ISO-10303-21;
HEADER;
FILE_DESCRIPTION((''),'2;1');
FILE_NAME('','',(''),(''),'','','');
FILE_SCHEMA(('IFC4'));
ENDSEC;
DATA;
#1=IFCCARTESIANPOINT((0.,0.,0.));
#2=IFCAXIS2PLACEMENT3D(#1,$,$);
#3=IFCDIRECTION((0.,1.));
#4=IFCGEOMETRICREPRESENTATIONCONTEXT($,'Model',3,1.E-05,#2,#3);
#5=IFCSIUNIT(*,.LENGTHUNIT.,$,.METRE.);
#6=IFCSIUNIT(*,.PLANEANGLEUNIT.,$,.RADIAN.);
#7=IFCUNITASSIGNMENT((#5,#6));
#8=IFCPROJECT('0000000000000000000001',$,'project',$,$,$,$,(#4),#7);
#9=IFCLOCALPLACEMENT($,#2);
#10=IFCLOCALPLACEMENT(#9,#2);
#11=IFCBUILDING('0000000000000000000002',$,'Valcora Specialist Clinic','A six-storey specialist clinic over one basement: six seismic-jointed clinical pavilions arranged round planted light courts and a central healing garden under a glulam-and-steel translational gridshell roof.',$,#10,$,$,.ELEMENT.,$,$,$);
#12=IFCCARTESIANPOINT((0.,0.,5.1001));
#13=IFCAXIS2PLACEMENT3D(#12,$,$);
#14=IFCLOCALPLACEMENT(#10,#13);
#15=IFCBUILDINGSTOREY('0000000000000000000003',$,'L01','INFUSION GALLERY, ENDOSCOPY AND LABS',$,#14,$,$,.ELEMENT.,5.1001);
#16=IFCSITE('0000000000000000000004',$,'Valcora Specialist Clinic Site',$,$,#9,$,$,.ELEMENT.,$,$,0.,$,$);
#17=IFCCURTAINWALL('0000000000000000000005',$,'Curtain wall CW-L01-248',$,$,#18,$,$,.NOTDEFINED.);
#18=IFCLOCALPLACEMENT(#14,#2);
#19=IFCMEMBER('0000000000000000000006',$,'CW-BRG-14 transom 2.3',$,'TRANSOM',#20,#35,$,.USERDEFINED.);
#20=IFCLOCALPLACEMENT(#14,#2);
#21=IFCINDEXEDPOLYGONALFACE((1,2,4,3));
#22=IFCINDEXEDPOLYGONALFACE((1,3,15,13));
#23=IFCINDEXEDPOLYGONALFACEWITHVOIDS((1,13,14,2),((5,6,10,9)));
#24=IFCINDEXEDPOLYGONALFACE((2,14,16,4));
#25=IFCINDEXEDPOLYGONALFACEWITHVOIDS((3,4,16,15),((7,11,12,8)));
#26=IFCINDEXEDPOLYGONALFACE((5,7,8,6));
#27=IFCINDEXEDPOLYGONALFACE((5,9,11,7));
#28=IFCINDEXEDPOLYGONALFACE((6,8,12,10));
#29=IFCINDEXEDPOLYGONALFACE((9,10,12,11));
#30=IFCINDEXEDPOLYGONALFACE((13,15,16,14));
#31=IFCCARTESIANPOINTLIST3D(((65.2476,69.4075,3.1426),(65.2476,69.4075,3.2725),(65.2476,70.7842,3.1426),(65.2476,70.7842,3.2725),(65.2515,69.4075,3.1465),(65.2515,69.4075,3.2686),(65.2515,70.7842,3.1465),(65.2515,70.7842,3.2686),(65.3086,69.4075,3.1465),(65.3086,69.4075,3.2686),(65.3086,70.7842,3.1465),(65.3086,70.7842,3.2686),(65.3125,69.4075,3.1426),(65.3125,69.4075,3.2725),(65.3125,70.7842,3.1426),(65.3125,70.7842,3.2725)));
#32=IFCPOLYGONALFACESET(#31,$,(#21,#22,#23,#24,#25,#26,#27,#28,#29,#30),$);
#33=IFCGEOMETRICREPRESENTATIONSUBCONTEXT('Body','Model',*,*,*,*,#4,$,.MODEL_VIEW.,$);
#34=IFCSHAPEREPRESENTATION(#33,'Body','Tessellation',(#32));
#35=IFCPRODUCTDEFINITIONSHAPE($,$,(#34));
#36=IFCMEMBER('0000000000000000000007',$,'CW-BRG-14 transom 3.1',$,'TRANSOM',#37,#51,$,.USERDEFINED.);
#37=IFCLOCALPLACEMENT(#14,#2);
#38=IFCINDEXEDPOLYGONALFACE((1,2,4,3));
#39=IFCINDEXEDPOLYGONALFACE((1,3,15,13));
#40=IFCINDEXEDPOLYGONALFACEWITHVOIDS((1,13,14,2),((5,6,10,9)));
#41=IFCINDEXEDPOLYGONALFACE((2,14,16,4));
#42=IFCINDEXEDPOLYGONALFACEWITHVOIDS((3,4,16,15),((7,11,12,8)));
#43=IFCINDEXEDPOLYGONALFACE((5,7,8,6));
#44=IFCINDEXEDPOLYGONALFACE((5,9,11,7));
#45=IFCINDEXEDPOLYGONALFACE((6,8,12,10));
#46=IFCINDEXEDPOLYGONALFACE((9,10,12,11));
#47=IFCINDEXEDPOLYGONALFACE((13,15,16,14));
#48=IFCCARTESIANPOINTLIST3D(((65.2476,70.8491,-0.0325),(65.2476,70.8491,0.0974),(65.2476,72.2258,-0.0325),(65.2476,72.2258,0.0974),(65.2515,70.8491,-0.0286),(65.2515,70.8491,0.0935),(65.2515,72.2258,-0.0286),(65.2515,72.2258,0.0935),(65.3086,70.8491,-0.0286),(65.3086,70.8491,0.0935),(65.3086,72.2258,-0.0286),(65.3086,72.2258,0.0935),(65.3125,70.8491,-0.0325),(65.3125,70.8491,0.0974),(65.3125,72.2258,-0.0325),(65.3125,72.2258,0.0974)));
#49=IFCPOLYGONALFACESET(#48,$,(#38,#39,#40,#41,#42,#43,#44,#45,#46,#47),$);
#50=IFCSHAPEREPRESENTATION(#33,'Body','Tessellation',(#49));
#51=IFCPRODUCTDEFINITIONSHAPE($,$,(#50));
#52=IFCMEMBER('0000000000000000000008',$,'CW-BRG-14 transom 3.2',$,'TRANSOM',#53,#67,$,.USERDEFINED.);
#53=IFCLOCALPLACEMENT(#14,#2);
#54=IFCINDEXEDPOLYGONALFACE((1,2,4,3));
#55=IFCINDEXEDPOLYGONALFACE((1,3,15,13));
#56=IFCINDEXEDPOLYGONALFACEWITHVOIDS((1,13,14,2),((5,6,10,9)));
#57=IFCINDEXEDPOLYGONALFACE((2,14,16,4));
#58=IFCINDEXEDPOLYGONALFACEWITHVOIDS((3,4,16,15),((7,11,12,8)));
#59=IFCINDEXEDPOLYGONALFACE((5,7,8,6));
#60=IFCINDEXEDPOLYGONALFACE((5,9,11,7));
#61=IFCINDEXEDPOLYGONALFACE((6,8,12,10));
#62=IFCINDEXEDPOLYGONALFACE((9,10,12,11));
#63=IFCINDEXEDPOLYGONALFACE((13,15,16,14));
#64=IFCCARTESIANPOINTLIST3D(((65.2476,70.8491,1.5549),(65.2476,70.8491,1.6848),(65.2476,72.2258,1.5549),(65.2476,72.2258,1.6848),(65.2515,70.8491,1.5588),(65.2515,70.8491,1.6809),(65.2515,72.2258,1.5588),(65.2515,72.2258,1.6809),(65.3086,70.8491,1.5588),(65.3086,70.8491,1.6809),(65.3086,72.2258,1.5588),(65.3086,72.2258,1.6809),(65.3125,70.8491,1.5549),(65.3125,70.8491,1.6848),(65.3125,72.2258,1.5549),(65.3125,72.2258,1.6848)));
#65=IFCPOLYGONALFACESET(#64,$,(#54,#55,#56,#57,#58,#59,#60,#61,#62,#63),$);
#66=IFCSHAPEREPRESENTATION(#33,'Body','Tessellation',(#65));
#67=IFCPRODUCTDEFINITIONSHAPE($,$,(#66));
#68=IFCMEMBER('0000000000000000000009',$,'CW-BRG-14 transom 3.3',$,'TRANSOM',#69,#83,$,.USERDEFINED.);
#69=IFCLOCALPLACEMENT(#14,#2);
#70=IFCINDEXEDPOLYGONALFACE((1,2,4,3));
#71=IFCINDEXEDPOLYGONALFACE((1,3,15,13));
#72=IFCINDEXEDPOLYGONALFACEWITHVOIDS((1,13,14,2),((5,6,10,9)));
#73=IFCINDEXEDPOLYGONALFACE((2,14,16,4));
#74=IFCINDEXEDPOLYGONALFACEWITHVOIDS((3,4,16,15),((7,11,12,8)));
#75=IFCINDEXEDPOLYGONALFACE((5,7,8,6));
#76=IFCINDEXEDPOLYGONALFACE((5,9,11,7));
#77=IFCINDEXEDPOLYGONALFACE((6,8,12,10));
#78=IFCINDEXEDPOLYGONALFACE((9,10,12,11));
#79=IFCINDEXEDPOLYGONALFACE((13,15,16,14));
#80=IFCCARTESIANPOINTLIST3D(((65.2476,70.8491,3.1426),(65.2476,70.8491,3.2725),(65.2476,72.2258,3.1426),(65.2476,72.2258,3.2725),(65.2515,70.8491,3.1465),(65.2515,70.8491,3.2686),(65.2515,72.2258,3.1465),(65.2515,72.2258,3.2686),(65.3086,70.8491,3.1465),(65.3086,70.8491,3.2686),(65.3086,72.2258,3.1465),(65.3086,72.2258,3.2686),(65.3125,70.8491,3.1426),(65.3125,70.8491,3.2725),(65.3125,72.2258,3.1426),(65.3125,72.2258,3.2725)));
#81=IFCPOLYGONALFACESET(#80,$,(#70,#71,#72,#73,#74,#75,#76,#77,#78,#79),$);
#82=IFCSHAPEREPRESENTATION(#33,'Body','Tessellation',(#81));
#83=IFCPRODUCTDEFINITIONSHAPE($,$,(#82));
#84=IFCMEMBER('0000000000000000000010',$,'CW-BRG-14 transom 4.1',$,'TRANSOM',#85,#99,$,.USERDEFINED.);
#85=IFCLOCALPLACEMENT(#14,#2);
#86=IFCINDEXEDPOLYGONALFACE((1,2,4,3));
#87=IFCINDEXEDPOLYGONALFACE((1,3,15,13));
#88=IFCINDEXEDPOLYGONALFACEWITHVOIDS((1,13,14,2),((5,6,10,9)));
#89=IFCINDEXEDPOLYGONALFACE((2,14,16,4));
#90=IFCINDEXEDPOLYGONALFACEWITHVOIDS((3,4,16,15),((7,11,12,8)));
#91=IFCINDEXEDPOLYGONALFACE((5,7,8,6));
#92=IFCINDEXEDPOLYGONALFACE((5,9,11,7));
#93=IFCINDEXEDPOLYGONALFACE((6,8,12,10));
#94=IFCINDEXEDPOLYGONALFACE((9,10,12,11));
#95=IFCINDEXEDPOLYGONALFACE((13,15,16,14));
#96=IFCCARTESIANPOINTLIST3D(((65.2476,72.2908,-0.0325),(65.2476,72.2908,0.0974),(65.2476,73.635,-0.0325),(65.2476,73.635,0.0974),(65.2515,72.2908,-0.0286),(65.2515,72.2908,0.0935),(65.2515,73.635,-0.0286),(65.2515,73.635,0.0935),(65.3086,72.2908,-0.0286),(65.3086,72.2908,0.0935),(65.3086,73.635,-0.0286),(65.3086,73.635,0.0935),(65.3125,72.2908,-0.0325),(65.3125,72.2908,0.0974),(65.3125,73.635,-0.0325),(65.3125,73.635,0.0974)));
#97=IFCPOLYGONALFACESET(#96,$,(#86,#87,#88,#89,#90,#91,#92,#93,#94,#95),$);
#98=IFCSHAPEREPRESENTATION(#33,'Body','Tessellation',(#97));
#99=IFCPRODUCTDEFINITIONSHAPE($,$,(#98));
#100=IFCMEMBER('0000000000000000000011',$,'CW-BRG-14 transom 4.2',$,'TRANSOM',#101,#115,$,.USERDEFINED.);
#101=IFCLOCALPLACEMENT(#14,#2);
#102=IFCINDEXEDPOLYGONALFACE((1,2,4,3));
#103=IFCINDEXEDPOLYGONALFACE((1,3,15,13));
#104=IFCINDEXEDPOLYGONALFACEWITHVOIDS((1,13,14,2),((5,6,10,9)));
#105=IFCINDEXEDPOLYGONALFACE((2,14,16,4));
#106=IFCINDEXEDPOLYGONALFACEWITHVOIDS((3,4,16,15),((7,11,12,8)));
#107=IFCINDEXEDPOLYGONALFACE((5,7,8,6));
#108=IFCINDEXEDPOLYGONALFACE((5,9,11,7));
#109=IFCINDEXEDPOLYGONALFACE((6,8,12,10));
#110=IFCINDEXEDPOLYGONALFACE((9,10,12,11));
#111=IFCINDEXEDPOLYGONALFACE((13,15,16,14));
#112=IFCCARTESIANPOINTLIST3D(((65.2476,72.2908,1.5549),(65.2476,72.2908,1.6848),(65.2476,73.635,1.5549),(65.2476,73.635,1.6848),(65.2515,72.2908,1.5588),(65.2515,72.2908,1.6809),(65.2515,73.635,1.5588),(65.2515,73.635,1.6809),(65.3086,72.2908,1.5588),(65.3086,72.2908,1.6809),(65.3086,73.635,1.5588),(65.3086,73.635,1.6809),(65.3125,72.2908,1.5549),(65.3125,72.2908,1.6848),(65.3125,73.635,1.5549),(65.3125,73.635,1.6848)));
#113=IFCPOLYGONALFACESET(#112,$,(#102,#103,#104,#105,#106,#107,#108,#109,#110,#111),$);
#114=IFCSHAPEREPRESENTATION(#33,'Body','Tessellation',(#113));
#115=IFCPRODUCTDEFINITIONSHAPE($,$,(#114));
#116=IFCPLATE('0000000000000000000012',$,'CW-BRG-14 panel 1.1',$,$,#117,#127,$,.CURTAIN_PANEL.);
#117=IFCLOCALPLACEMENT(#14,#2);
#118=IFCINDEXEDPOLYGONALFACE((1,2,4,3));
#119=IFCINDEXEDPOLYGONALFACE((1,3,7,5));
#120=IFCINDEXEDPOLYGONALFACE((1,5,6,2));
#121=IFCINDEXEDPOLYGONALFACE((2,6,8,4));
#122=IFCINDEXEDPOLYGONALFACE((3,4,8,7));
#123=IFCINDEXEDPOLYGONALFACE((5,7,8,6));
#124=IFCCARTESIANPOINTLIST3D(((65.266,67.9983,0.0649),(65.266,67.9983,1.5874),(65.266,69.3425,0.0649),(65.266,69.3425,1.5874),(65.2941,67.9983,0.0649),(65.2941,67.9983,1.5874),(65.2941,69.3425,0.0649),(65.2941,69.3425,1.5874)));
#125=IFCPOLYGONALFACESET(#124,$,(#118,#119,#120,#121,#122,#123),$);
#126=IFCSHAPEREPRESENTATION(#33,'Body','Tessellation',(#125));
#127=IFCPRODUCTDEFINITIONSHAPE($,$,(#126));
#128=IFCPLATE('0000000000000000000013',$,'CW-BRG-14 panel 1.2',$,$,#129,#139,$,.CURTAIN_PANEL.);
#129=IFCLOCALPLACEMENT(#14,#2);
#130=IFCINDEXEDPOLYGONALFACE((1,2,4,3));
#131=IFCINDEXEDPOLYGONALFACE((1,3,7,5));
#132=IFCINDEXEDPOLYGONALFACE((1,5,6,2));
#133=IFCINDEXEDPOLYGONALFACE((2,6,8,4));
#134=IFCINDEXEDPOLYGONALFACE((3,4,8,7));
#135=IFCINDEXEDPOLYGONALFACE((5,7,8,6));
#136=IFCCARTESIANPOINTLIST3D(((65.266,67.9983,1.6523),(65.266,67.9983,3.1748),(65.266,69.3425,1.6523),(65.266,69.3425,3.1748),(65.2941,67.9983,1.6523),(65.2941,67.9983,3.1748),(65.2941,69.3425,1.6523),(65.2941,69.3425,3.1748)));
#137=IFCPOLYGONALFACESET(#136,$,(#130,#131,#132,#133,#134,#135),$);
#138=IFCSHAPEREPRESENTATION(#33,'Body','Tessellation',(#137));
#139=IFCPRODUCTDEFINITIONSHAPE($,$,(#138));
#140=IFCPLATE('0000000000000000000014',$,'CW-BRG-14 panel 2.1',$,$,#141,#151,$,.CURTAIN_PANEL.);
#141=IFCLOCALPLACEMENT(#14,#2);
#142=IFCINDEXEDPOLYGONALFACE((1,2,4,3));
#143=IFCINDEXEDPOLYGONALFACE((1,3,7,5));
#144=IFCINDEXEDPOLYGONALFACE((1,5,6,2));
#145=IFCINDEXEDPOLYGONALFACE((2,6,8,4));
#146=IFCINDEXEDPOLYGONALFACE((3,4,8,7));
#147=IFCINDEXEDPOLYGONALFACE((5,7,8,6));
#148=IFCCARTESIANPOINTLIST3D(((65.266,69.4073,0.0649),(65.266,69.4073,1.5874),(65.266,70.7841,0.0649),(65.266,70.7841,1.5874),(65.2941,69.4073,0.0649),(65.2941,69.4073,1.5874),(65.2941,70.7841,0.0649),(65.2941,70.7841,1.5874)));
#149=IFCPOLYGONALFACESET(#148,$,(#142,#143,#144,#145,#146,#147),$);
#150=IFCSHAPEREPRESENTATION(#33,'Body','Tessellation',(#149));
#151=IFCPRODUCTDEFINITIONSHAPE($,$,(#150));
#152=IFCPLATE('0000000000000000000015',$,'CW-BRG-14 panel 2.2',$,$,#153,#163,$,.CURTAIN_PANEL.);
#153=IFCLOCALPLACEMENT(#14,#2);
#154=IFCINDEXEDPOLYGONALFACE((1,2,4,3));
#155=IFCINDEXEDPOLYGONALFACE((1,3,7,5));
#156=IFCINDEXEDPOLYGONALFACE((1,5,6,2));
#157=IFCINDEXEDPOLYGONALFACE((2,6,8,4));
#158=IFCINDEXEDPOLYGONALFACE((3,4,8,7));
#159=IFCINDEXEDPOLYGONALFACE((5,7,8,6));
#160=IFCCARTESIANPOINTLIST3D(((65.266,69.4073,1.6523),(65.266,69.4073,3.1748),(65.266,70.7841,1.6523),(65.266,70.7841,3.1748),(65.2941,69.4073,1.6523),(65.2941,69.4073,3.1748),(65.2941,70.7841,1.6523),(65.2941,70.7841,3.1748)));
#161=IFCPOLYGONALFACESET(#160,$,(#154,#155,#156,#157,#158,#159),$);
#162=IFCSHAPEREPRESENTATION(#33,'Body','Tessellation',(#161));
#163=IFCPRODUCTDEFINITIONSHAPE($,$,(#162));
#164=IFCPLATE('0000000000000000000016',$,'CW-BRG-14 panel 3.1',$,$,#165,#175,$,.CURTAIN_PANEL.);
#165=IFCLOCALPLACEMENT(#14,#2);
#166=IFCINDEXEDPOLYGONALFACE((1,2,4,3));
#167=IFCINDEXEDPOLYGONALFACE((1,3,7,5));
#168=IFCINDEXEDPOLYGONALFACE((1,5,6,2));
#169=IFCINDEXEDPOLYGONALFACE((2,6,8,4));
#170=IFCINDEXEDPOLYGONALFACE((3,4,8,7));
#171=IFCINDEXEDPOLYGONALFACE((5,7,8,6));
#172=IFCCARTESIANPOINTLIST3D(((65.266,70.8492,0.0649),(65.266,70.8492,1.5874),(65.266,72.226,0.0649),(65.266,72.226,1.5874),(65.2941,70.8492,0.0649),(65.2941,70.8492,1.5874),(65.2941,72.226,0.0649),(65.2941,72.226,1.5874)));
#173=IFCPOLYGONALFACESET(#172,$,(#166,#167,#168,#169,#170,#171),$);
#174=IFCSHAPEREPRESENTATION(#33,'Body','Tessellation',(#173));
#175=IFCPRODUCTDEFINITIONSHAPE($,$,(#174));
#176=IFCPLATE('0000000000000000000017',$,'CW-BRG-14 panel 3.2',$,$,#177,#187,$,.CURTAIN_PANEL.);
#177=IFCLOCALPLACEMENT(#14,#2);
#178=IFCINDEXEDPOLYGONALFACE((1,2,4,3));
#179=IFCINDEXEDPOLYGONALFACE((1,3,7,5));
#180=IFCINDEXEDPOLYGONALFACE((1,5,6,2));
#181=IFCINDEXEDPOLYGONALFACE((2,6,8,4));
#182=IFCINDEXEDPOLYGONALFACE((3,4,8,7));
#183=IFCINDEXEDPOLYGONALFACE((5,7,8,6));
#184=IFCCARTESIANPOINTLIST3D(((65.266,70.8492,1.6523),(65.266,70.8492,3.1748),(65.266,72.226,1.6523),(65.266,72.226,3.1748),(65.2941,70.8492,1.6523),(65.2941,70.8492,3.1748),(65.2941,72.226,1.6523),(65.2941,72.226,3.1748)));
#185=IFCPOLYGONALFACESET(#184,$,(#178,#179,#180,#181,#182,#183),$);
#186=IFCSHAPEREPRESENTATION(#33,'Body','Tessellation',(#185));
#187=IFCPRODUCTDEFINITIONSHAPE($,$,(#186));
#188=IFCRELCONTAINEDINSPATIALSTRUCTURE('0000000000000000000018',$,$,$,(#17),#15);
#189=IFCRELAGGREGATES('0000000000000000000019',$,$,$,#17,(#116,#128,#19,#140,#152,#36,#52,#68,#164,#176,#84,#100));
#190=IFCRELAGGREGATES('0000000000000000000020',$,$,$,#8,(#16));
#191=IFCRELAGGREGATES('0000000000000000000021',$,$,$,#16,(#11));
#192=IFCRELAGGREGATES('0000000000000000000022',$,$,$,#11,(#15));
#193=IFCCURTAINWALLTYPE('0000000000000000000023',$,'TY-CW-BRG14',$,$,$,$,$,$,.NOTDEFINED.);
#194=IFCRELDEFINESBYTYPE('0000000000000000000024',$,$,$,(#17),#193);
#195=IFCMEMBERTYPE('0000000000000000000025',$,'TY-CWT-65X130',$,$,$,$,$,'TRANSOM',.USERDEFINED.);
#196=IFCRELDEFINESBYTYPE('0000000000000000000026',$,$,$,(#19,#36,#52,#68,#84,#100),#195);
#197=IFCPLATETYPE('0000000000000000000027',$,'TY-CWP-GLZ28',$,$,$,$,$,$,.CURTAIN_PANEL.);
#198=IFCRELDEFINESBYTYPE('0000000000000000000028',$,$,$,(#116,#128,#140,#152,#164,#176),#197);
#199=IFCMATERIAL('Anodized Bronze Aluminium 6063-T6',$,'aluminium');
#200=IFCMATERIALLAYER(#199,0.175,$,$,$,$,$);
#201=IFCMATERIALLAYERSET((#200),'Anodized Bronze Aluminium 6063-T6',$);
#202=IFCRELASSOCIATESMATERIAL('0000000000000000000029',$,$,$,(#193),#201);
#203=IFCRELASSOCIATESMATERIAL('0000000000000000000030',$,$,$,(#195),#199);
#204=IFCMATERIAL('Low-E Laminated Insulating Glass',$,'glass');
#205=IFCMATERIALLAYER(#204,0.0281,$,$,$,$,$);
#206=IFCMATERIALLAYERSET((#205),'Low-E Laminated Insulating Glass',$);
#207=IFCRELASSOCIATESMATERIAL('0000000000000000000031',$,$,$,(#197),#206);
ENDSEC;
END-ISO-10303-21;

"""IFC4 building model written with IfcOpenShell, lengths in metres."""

from ifc_helpers import new_model, si_unit, direction, frame, origin, origin_2d, place, context, subcontext, project, spatial, rectangle, hollow_rectangle, extrude, material, layer, layer_set, material_profile, profile_set, type_object, element, aggregate, save


model = new_model("IFC4")

# Units and contexts
model_context = context("Model", 3, precision=1e-05, world=origin(), true_north=direction((0.0, 1.0)))
body_context = subcontext(model_context, "Body", "Model", "MODEL_VIEW")
ifc_project = project(units=[si_unit("LENGTHUNIT", "METRE"), si_unit("PLANEANGLEUNIT", "RADIAN")], contexts=[model_context])

# Site, building, storey
site_placement = place(None, origin())
site = spatial("IfcSite", under=ifc_project, at=site_placement, Name="Valcora Specialist Clinic Site", CompositionType="ELEMENT", RefElevation=0.0)
building_placement = place(site_placement, origin())
building = spatial("IfcBuilding", under=site, at=building_placement, Name="Valcora Specialist Clinic", Description="A six-storey specialist clinic over one basement: six seismic-jointed clinical pavilions arranged round planted light courts and a central healing garden under a glulam-and-steel translational gridshell roof.", CompositionType="ELEMENT")
storey_placement = place(building_placement, frame((0.0, 0.0, 5.1001)))
storey = spatial("IfcBuildingStorey", under=building, at=storey_placement, Name="L01", Description="INFUSION GALLERY, ENDOSCOPY AND LABS", CompositionType="ELEMENT", Elevation=5.1001)

# Shared definitions
ifc_material_1 = material(Name="Anodized Bronze Aluminium 6063-T6", Category="aluminium")
ifc_layer_1 = layer(ifc_material_1, 0.175)
ifc_layer_set_1 = layer_set([ifc_layer_1], Name="Anodized Bronze Aluminium 6063-T6")
curtain_wall_type = type_object("IfcCurtainWallType", Name="TY-CW-BRG14", PredefinedType="NOTDEFINED", material=ifc_layer_set_1)

# Curtain wall
curtain_wall_1_placement = place(storey_placement, origin())
curtain_wall_1 = element("IfcCurtainWall", 1, at=curtain_wall_1_placement, inside=storey, type_object=curtain_wall_type, Name="Curtain wall CW-L01-248", PredefinedType="NOTDEFINED")

# Members
ifc_material_profile_1 = material_profile(ifc_material_1, hollow_rectangle(XDim=0.0649, YDim=0.1299, WallThickness=0.0039, at=origin_2d()), Name="AL-TRN-65X130")
ifc_profile_set_1 = profile_set([ifc_material_profile_1], Name="Anodized Bronze Aluminium 6063-T6")
member_type_1 = type_object("IfcMemberType", Name="TY-CWT-65X130", ElementType="TRANSOM", PredefinedType="USERDEFINED", material=ifc_profile_set_1)
member_1_placement = place(storey_placement, frame((65.28, 69.4075, 3.2075), z_axis=(0.0, 1.0, 0.0), x_axis=(-1.0, 0.0, 0.0)))
member_1 = element("IfcMember", 2, at=member_1_placement, type_object=member_type_1, Name="CW-BRG-14 transom 2.3", ObjectType="TRANSOM", PredefinedType="USERDEFINED", context=body_context, shape_type="SweptSolid", body=[
    extrude(hollow_rectangle(XDim=0.0649, YDim=0.1299, WallThickness=0.0039, at=origin_2d()), origin(), (0.0, 0.0, 1.0), 1.3767),
])
member_2_placement = place(storey_placement, frame((65.28, 70.8491, 0.0325), z_axis=(0.0, 1.0, 0.0), x_axis=(-1.0, 0.0, 0.0)))
member_2 = element("IfcMember", 3, at=member_2_placement, type_object=member_type_1, Name="CW-BRG-14 transom 3.1", ObjectType="TRANSOM", PredefinedType="USERDEFINED", context=body_context, shape_type="SweptSolid", body=[
    extrude(hollow_rectangle(XDim=0.0649, YDim=0.1299, WallThickness=0.0039, at=origin_2d()), origin(), (0.0, 0.0, 1.0), 1.3767),
])
member_3_placement = place(storey_placement, frame((65.28, 70.8491, 1.6199), z_axis=(0.0, 1.0, 0.0), x_axis=(-1.0, 0.0, 0.0)))
member_3 = element("IfcMember", 4, at=member_3_placement, type_object=member_type_1, Name="CW-BRG-14 transom 3.2", ObjectType="TRANSOM", PredefinedType="USERDEFINED", context=body_context, shape_type="SweptSolid", body=[
    extrude(hollow_rectangle(XDim=0.0649, YDim=0.1299, WallThickness=0.0039, at=origin_2d()), origin(), (0.0, 0.0, 1.0), 1.3767),
])
member_4_placement = place(storey_placement, frame((65.28, 70.8491, 3.2075), z_axis=(0.0, 1.0, 0.0), x_axis=(-1.0, 0.0, 0.0)))
member_4 = element("IfcMember", 5, at=member_4_placement, type_object=member_type_1, Name="CW-BRG-14 transom 3.3", ObjectType="TRANSOM", PredefinedType="USERDEFINED", context=body_context, shape_type="SweptSolid", body=[
    extrude(hollow_rectangle(XDim=0.0649, YDim=0.1299, WallThickness=0.0039, at=origin_2d()), origin(), (0.0, 0.0, 1.0), 1.3767),
])
member_5_placement = place(storey_placement, frame((65.28, 72.2908, 0.0325), z_axis=(0.0, 1.0, 0.0), x_axis=(-1.0, 0.0, 0.0)))
member_5 = element("IfcMember", 6, at=member_5_placement, type_object=member_type_1, Name="CW-BRG-14 transom 4.1", ObjectType="TRANSOM", PredefinedType="USERDEFINED", context=body_context, shape_type="SweptSolid", body=[
    extrude(hollow_rectangle(XDim=0.0649, YDim=0.1299, WallThickness=0.0039, at=origin_2d()), origin(), (0.0, 0.0, 1.0), 1.3442),
])
member_6_placement = place(storey_placement, frame((65.28, 72.2908, 1.6199), z_axis=(0.0, 1.0, 0.0), x_axis=(-1.0, 0.0, 0.0)))
member_6 = element("IfcMember", 7, at=member_6_placement, type_object=member_type_1, Name="CW-BRG-14 transom 4.2", ObjectType="TRANSOM", PredefinedType="USERDEFINED", context=body_context, shape_type="SweptSolid", body=[
    extrude(hollow_rectangle(XDim=0.0649, YDim=0.1299, WallThickness=0.0039, at=origin_2d()), origin(), (0.0, 0.0, 1.0), 1.3442),
])

# Plates
ifc_material_2 = material(Name="Low-E Laminated Insulating Glass", Category="glass")
ifc_layer_2 = layer(ifc_material_2, 0.0281)
ifc_layer_set_2 = layer_set([ifc_layer_2], Name="Low-E Laminated Insulating Glass")
plate_type_1 = type_object("IfcPlateType", Name="TY-CWP-GLZ28", PredefinedType="CURTAIN_PANEL", material=ifc_layer_set_2)
plate_1_placement = place(storey_placement, frame((65.28, 68.6704, 0.0649), z_axis=(0.0, 0.0, 1.0), x_axis=(0.0, 1.0, 0.0)))
plate_1 = element("IfcPlate", 8, at=plate_1_placement, type_object=plate_type_1, Name="CW-BRG-14 panel 1.1", PredefinedType="CURTAIN_PANEL", context=body_context, shape_type="SweptSolid", body=[
    extrude(rectangle(XDim=1.3442, YDim=0.0281, at=origin_2d()), origin(), (0.0, 0.0, 1.0), 1.5225),
])
plate_2_placement = place(storey_placement, frame((65.28, 68.6704, 1.6523), z_axis=(0.0, 0.0, 1.0), x_axis=(0.0, 1.0, 0.0)))
plate_2 = element("IfcPlate", 9, at=plate_2_placement, type_object=plate_type_1, Name="CW-BRG-14 panel 1.2", PredefinedType="CURTAIN_PANEL", context=body_context, shape_type="SweptSolid", body=[
    extrude(rectangle(XDim=1.3442, YDim=0.0281, at=origin_2d()), origin(), (0.0, 0.0, 1.0), 1.5225),
])
plate_3_placement = place(storey_placement, frame((65.28, 70.0957, 0.0649), z_axis=(0.0, 0.0, 1.0), x_axis=(0.0, 1.0, 0.0)))
plate_3 = element("IfcPlate", 10, at=plate_3_placement, type_object=plate_type_1, Name="CW-BRG-14 panel 2.1", PredefinedType="CURTAIN_PANEL", context=body_context, shape_type="SweptSolid", body=[
    extrude(rectangle(XDim=1.3767, YDim=0.0281, at=origin_2d()), origin(), (0.0, 0.0, 1.0), 1.5225),
])
plate_4_placement = place(storey_placement, frame((65.28, 70.0957, 1.6523), z_axis=(0.0, 0.0, 1.0), x_axis=(0.0, 1.0, 0.0)))
plate_4 = element("IfcPlate", 11, at=plate_4_placement, type_object=plate_type_1, Name="CW-BRG-14 panel 2.2", PredefinedType="CURTAIN_PANEL", context=body_context, shape_type="SweptSolid", body=[
    extrude(rectangle(XDim=1.3767, YDim=0.0281, at=origin_2d()), origin(), (0.0, 0.0, 1.0), 1.5225),
])
plate_5_placement = place(storey_placement, frame((65.28, 71.5376, 0.0649), z_axis=(0.0, 0.0, 1.0), x_axis=(0.0, 1.0, 0.0)))
plate_5 = element("IfcPlate", 12, at=plate_5_placement, type_object=plate_type_1, Name="CW-BRG-14 panel 3.1", PredefinedType="CURTAIN_PANEL", context=body_context, shape_type="SweptSolid", body=[
    extrude(rectangle(XDim=1.3767, YDim=0.0281, at=origin_2d()), origin(), (0.0, 0.0, 1.0), 1.5225),
])
plate_6_placement = place(storey_placement, frame((65.28, 71.5376, 1.6523), z_axis=(0.0, 0.0, 1.0), x_axis=(0.0, 1.0, 0.0)))
plate_6 = element("IfcPlate", 13, at=plate_6_placement, type_object=plate_type_1, Name="CW-BRG-14 panel 3.2", PredefinedType="CURTAIN_PANEL", context=body_context, shape_type="SweptSolid", body=[
    extrude(rectangle(XDim=1.3767, YDim=0.0281, at=origin_2d()), origin(), (0.0, 0.0, 1.0), 1.5225),
])
aggregate(curtain_wall_1, [plate_1, plate_2, member_1, plate_3, plate_4, member_2, member_3, member_4, plate_5, plate_6, member_5, member_6])

save(model, "model.ifc")
